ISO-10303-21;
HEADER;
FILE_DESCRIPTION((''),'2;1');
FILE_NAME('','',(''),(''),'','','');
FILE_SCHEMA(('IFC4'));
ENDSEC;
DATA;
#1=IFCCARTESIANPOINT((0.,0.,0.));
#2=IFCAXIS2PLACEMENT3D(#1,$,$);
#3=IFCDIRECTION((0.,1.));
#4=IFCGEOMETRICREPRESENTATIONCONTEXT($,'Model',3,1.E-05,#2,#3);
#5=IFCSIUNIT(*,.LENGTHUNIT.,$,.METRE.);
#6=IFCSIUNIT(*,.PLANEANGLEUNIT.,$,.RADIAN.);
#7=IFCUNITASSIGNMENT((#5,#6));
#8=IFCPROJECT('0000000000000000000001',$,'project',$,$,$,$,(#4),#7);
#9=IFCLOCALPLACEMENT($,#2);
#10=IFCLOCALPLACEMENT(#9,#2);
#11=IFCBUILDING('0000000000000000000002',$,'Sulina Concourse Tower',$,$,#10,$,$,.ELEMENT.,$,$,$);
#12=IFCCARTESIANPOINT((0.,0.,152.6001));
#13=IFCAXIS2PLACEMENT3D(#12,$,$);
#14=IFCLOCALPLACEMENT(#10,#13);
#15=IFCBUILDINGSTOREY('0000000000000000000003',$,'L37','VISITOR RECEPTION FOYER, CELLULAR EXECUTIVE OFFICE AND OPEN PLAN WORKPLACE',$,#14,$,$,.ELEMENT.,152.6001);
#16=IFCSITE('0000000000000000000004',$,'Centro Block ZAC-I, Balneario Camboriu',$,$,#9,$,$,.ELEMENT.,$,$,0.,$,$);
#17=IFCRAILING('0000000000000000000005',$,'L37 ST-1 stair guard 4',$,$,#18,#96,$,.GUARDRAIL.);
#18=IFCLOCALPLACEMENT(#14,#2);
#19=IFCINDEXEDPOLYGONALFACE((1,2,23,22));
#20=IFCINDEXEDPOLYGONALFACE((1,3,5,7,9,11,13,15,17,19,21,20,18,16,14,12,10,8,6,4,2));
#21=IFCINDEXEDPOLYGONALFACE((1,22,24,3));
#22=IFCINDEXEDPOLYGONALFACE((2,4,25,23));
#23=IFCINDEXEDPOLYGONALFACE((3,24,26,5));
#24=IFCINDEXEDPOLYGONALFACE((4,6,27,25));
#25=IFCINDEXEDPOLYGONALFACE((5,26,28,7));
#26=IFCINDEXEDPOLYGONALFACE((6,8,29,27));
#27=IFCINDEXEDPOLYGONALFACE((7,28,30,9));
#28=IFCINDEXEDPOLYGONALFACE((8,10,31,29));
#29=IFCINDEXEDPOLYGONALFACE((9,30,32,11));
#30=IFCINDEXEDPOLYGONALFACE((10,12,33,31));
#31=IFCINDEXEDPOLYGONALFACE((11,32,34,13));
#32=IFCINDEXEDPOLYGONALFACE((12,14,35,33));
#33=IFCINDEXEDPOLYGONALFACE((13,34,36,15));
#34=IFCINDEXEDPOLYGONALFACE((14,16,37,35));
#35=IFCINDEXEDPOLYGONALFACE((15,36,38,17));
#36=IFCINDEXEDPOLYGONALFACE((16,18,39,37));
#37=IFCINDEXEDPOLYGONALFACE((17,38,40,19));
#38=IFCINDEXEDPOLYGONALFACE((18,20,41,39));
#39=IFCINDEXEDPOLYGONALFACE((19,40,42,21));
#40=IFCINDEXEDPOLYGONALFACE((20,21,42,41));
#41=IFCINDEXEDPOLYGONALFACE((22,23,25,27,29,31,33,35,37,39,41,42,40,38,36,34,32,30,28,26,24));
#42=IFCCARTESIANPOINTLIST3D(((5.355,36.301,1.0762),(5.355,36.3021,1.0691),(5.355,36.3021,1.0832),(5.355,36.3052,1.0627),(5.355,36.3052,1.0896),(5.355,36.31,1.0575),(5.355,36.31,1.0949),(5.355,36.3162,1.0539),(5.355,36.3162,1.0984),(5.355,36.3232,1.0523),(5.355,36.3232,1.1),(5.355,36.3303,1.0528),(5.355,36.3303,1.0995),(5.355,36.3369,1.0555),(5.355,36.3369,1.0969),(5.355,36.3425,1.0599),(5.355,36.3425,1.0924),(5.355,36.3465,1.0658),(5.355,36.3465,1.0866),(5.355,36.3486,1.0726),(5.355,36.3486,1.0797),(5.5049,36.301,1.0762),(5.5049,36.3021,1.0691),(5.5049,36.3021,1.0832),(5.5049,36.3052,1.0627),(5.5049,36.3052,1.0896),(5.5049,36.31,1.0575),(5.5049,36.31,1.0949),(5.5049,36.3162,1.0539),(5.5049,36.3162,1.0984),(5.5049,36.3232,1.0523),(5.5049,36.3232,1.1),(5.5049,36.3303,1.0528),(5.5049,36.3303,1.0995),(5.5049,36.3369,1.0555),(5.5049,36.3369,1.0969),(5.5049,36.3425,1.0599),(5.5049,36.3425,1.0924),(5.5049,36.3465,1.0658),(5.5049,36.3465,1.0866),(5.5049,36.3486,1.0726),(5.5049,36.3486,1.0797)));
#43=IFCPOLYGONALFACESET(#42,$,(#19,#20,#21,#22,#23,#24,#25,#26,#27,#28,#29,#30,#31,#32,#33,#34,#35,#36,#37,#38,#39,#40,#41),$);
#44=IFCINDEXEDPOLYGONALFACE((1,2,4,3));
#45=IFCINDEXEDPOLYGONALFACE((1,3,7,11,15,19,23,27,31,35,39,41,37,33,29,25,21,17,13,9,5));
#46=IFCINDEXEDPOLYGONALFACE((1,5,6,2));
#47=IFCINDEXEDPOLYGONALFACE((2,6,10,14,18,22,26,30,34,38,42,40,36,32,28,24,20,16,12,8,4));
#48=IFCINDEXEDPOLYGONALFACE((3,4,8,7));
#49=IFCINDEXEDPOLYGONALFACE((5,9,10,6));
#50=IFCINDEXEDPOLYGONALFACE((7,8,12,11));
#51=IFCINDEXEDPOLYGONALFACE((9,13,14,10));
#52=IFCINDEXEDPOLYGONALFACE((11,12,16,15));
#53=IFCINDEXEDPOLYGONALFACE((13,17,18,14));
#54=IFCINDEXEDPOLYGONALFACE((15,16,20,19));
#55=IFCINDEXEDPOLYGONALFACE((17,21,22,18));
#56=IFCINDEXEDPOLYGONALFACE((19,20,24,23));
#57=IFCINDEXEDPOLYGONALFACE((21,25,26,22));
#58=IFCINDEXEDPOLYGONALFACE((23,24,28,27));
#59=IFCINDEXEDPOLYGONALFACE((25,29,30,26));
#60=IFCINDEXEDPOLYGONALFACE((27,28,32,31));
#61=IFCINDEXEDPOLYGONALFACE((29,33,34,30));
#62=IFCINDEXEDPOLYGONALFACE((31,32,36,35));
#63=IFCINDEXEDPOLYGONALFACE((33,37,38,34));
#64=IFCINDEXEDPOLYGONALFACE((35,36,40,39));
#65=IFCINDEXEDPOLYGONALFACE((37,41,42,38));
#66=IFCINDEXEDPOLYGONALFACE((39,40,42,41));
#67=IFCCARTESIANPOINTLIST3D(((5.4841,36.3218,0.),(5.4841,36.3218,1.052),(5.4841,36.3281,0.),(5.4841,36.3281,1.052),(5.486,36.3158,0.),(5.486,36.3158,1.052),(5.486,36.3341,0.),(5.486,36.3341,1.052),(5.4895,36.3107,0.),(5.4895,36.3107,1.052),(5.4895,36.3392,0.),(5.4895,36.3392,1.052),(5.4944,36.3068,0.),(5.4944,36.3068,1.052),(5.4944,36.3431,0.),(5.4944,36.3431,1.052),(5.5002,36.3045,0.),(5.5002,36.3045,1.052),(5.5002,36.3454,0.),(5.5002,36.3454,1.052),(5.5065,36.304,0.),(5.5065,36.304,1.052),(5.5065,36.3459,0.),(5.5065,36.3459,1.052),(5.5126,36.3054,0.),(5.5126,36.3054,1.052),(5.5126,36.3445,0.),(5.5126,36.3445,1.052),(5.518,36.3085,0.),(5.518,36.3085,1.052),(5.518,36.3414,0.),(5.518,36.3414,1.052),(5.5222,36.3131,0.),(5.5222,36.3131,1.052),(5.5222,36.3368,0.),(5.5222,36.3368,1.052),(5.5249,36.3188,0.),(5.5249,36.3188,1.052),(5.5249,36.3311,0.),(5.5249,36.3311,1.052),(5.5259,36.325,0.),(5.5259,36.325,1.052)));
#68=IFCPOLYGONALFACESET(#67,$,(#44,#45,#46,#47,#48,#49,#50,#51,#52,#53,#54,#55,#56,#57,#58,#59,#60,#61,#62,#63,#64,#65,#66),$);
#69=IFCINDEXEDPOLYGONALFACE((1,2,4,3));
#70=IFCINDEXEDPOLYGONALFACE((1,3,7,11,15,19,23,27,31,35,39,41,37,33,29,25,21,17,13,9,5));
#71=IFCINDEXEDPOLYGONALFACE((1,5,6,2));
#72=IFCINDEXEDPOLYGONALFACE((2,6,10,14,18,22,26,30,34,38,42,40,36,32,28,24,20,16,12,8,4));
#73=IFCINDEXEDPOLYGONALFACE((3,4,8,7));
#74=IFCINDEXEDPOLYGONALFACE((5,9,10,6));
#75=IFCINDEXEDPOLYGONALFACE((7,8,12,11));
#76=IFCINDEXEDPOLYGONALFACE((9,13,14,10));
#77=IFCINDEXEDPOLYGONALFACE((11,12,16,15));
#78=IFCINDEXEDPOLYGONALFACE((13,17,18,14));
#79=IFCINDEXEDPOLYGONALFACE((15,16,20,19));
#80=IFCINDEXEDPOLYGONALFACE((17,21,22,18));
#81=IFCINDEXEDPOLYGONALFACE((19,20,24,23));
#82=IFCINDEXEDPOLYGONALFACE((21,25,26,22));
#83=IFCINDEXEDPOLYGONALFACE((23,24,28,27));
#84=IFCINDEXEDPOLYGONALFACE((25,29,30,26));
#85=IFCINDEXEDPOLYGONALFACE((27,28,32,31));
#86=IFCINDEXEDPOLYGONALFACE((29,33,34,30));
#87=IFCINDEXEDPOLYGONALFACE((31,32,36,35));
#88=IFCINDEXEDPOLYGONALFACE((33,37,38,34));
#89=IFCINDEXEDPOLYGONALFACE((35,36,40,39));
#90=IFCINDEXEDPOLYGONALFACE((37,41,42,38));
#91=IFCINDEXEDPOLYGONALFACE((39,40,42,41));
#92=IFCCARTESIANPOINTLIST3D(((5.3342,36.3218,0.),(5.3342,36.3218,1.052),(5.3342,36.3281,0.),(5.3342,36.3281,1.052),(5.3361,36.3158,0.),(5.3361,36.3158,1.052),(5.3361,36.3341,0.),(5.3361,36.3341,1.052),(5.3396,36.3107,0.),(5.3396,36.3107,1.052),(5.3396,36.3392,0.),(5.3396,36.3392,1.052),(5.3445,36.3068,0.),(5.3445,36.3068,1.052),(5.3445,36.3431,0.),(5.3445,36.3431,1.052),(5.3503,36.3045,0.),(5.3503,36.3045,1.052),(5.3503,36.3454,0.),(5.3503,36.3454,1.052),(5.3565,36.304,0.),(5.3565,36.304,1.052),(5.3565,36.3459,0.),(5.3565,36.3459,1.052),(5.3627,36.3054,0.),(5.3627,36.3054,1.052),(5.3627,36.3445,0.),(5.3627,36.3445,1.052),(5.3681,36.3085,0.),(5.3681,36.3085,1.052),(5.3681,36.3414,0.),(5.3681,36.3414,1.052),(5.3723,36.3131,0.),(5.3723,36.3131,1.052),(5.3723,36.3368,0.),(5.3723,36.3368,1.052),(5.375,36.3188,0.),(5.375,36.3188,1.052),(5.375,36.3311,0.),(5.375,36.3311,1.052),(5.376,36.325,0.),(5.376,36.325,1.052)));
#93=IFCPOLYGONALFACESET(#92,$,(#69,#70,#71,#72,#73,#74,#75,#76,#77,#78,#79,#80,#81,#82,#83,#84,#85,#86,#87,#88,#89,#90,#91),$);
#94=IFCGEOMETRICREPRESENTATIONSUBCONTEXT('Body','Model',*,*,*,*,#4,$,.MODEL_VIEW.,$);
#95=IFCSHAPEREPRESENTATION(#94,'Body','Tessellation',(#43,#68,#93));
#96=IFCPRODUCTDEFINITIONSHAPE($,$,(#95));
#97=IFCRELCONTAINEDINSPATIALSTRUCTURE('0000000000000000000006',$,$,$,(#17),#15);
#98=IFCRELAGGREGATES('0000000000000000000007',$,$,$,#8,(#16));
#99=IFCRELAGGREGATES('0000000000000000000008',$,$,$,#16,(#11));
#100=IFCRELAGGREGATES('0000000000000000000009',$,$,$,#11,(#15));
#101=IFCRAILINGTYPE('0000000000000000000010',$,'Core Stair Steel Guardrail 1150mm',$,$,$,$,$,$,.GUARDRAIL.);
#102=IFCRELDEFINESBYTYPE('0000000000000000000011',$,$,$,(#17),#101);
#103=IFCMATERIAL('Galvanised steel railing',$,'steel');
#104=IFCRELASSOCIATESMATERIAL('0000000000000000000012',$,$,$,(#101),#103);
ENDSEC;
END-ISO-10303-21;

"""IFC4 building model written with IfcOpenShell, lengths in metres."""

from ifc_helpers import new_model, si_unit, direction, frame, origin, origin_2d, place, context, subcontext, project, spatial, circle, extrude, material, type_object, element, save


model = new_model("IFC4")

# Units and contexts
model_context = context("Model", 3, precision=1e-05, world=origin(), true_north=direction((0.0, 1.0)))
body_context = subcontext(model_context, "Body", "Model", "MODEL_VIEW")
ifc_project = project(units=[si_unit("LENGTHUNIT", "METRE"), si_unit("PLANEANGLEUNIT", "RADIAN")], contexts=[model_context])

# Site, building, storey
site_placement = place(None, origin())
site = spatial("IfcSite", under=ifc_project, at=site_placement, Name="Centro Block ZAC-I, Balneario Camboriu", CompositionType="ELEMENT", RefElevation=0.0)
building_placement = place(site_placement, origin())
building = spatial("IfcBuilding", under=site, at=building_placement, Name="Sulina Concourse Tower", CompositionType="ELEMENT")
storey_placement = place(building_placement, frame((0.0, 0.0, 152.6001)))
storey = spatial("IfcBuildingStorey", under=building, at=storey_placement, Name="L37", Description="VISITOR RECEPTION FOYER, CELLULAR EXECUTIVE OFFICE AND OPEN PLAN WORKPLACE", CompositionType="ELEMENT", Elevation=152.6001)

# Railing
ifc_material_1 = material(Name="Galvanised steel railing", Category="steel")
railing_type_1 = type_object("IfcRailingType", Name="Core Stair Steel Guardrail 1150mm", PredefinedType="GUARDRAIL", material=ifc_material_1)
railing_1_placement = place(storey_placement, frame((5.5049, 36.325, 0.0)))
element("IfcRailing", 1, at=railing_1_placement, inside=storey, type_object=railing_type_1, Name="L37 ST-1 stair guard 4", PredefinedType="GUARDRAIL", context=body_context, shape_type="SweptSolid", body=[
    extrude(circle(Radius=0.0239, at=origin_2d()), frame((0.0, 0.0, 1.0762), z_axis=(-1.0, 0.0, 0.0), x_axis=(0.0, -1.0, 0.0)), (0.0, 0.0, 1.0), 0.1499),
    extrude(circle(Radius=0.021, at=origin_2d()), origin(), (0.0, 0.0, 1.0), 1.052),
    extrude(circle(Radius=0.021, at=origin_2d()), frame((-0.1499, 0.0, 0.0)), (0.0, 0.0, 1.0), 1.052),
])

save(model, "model.ifc")
